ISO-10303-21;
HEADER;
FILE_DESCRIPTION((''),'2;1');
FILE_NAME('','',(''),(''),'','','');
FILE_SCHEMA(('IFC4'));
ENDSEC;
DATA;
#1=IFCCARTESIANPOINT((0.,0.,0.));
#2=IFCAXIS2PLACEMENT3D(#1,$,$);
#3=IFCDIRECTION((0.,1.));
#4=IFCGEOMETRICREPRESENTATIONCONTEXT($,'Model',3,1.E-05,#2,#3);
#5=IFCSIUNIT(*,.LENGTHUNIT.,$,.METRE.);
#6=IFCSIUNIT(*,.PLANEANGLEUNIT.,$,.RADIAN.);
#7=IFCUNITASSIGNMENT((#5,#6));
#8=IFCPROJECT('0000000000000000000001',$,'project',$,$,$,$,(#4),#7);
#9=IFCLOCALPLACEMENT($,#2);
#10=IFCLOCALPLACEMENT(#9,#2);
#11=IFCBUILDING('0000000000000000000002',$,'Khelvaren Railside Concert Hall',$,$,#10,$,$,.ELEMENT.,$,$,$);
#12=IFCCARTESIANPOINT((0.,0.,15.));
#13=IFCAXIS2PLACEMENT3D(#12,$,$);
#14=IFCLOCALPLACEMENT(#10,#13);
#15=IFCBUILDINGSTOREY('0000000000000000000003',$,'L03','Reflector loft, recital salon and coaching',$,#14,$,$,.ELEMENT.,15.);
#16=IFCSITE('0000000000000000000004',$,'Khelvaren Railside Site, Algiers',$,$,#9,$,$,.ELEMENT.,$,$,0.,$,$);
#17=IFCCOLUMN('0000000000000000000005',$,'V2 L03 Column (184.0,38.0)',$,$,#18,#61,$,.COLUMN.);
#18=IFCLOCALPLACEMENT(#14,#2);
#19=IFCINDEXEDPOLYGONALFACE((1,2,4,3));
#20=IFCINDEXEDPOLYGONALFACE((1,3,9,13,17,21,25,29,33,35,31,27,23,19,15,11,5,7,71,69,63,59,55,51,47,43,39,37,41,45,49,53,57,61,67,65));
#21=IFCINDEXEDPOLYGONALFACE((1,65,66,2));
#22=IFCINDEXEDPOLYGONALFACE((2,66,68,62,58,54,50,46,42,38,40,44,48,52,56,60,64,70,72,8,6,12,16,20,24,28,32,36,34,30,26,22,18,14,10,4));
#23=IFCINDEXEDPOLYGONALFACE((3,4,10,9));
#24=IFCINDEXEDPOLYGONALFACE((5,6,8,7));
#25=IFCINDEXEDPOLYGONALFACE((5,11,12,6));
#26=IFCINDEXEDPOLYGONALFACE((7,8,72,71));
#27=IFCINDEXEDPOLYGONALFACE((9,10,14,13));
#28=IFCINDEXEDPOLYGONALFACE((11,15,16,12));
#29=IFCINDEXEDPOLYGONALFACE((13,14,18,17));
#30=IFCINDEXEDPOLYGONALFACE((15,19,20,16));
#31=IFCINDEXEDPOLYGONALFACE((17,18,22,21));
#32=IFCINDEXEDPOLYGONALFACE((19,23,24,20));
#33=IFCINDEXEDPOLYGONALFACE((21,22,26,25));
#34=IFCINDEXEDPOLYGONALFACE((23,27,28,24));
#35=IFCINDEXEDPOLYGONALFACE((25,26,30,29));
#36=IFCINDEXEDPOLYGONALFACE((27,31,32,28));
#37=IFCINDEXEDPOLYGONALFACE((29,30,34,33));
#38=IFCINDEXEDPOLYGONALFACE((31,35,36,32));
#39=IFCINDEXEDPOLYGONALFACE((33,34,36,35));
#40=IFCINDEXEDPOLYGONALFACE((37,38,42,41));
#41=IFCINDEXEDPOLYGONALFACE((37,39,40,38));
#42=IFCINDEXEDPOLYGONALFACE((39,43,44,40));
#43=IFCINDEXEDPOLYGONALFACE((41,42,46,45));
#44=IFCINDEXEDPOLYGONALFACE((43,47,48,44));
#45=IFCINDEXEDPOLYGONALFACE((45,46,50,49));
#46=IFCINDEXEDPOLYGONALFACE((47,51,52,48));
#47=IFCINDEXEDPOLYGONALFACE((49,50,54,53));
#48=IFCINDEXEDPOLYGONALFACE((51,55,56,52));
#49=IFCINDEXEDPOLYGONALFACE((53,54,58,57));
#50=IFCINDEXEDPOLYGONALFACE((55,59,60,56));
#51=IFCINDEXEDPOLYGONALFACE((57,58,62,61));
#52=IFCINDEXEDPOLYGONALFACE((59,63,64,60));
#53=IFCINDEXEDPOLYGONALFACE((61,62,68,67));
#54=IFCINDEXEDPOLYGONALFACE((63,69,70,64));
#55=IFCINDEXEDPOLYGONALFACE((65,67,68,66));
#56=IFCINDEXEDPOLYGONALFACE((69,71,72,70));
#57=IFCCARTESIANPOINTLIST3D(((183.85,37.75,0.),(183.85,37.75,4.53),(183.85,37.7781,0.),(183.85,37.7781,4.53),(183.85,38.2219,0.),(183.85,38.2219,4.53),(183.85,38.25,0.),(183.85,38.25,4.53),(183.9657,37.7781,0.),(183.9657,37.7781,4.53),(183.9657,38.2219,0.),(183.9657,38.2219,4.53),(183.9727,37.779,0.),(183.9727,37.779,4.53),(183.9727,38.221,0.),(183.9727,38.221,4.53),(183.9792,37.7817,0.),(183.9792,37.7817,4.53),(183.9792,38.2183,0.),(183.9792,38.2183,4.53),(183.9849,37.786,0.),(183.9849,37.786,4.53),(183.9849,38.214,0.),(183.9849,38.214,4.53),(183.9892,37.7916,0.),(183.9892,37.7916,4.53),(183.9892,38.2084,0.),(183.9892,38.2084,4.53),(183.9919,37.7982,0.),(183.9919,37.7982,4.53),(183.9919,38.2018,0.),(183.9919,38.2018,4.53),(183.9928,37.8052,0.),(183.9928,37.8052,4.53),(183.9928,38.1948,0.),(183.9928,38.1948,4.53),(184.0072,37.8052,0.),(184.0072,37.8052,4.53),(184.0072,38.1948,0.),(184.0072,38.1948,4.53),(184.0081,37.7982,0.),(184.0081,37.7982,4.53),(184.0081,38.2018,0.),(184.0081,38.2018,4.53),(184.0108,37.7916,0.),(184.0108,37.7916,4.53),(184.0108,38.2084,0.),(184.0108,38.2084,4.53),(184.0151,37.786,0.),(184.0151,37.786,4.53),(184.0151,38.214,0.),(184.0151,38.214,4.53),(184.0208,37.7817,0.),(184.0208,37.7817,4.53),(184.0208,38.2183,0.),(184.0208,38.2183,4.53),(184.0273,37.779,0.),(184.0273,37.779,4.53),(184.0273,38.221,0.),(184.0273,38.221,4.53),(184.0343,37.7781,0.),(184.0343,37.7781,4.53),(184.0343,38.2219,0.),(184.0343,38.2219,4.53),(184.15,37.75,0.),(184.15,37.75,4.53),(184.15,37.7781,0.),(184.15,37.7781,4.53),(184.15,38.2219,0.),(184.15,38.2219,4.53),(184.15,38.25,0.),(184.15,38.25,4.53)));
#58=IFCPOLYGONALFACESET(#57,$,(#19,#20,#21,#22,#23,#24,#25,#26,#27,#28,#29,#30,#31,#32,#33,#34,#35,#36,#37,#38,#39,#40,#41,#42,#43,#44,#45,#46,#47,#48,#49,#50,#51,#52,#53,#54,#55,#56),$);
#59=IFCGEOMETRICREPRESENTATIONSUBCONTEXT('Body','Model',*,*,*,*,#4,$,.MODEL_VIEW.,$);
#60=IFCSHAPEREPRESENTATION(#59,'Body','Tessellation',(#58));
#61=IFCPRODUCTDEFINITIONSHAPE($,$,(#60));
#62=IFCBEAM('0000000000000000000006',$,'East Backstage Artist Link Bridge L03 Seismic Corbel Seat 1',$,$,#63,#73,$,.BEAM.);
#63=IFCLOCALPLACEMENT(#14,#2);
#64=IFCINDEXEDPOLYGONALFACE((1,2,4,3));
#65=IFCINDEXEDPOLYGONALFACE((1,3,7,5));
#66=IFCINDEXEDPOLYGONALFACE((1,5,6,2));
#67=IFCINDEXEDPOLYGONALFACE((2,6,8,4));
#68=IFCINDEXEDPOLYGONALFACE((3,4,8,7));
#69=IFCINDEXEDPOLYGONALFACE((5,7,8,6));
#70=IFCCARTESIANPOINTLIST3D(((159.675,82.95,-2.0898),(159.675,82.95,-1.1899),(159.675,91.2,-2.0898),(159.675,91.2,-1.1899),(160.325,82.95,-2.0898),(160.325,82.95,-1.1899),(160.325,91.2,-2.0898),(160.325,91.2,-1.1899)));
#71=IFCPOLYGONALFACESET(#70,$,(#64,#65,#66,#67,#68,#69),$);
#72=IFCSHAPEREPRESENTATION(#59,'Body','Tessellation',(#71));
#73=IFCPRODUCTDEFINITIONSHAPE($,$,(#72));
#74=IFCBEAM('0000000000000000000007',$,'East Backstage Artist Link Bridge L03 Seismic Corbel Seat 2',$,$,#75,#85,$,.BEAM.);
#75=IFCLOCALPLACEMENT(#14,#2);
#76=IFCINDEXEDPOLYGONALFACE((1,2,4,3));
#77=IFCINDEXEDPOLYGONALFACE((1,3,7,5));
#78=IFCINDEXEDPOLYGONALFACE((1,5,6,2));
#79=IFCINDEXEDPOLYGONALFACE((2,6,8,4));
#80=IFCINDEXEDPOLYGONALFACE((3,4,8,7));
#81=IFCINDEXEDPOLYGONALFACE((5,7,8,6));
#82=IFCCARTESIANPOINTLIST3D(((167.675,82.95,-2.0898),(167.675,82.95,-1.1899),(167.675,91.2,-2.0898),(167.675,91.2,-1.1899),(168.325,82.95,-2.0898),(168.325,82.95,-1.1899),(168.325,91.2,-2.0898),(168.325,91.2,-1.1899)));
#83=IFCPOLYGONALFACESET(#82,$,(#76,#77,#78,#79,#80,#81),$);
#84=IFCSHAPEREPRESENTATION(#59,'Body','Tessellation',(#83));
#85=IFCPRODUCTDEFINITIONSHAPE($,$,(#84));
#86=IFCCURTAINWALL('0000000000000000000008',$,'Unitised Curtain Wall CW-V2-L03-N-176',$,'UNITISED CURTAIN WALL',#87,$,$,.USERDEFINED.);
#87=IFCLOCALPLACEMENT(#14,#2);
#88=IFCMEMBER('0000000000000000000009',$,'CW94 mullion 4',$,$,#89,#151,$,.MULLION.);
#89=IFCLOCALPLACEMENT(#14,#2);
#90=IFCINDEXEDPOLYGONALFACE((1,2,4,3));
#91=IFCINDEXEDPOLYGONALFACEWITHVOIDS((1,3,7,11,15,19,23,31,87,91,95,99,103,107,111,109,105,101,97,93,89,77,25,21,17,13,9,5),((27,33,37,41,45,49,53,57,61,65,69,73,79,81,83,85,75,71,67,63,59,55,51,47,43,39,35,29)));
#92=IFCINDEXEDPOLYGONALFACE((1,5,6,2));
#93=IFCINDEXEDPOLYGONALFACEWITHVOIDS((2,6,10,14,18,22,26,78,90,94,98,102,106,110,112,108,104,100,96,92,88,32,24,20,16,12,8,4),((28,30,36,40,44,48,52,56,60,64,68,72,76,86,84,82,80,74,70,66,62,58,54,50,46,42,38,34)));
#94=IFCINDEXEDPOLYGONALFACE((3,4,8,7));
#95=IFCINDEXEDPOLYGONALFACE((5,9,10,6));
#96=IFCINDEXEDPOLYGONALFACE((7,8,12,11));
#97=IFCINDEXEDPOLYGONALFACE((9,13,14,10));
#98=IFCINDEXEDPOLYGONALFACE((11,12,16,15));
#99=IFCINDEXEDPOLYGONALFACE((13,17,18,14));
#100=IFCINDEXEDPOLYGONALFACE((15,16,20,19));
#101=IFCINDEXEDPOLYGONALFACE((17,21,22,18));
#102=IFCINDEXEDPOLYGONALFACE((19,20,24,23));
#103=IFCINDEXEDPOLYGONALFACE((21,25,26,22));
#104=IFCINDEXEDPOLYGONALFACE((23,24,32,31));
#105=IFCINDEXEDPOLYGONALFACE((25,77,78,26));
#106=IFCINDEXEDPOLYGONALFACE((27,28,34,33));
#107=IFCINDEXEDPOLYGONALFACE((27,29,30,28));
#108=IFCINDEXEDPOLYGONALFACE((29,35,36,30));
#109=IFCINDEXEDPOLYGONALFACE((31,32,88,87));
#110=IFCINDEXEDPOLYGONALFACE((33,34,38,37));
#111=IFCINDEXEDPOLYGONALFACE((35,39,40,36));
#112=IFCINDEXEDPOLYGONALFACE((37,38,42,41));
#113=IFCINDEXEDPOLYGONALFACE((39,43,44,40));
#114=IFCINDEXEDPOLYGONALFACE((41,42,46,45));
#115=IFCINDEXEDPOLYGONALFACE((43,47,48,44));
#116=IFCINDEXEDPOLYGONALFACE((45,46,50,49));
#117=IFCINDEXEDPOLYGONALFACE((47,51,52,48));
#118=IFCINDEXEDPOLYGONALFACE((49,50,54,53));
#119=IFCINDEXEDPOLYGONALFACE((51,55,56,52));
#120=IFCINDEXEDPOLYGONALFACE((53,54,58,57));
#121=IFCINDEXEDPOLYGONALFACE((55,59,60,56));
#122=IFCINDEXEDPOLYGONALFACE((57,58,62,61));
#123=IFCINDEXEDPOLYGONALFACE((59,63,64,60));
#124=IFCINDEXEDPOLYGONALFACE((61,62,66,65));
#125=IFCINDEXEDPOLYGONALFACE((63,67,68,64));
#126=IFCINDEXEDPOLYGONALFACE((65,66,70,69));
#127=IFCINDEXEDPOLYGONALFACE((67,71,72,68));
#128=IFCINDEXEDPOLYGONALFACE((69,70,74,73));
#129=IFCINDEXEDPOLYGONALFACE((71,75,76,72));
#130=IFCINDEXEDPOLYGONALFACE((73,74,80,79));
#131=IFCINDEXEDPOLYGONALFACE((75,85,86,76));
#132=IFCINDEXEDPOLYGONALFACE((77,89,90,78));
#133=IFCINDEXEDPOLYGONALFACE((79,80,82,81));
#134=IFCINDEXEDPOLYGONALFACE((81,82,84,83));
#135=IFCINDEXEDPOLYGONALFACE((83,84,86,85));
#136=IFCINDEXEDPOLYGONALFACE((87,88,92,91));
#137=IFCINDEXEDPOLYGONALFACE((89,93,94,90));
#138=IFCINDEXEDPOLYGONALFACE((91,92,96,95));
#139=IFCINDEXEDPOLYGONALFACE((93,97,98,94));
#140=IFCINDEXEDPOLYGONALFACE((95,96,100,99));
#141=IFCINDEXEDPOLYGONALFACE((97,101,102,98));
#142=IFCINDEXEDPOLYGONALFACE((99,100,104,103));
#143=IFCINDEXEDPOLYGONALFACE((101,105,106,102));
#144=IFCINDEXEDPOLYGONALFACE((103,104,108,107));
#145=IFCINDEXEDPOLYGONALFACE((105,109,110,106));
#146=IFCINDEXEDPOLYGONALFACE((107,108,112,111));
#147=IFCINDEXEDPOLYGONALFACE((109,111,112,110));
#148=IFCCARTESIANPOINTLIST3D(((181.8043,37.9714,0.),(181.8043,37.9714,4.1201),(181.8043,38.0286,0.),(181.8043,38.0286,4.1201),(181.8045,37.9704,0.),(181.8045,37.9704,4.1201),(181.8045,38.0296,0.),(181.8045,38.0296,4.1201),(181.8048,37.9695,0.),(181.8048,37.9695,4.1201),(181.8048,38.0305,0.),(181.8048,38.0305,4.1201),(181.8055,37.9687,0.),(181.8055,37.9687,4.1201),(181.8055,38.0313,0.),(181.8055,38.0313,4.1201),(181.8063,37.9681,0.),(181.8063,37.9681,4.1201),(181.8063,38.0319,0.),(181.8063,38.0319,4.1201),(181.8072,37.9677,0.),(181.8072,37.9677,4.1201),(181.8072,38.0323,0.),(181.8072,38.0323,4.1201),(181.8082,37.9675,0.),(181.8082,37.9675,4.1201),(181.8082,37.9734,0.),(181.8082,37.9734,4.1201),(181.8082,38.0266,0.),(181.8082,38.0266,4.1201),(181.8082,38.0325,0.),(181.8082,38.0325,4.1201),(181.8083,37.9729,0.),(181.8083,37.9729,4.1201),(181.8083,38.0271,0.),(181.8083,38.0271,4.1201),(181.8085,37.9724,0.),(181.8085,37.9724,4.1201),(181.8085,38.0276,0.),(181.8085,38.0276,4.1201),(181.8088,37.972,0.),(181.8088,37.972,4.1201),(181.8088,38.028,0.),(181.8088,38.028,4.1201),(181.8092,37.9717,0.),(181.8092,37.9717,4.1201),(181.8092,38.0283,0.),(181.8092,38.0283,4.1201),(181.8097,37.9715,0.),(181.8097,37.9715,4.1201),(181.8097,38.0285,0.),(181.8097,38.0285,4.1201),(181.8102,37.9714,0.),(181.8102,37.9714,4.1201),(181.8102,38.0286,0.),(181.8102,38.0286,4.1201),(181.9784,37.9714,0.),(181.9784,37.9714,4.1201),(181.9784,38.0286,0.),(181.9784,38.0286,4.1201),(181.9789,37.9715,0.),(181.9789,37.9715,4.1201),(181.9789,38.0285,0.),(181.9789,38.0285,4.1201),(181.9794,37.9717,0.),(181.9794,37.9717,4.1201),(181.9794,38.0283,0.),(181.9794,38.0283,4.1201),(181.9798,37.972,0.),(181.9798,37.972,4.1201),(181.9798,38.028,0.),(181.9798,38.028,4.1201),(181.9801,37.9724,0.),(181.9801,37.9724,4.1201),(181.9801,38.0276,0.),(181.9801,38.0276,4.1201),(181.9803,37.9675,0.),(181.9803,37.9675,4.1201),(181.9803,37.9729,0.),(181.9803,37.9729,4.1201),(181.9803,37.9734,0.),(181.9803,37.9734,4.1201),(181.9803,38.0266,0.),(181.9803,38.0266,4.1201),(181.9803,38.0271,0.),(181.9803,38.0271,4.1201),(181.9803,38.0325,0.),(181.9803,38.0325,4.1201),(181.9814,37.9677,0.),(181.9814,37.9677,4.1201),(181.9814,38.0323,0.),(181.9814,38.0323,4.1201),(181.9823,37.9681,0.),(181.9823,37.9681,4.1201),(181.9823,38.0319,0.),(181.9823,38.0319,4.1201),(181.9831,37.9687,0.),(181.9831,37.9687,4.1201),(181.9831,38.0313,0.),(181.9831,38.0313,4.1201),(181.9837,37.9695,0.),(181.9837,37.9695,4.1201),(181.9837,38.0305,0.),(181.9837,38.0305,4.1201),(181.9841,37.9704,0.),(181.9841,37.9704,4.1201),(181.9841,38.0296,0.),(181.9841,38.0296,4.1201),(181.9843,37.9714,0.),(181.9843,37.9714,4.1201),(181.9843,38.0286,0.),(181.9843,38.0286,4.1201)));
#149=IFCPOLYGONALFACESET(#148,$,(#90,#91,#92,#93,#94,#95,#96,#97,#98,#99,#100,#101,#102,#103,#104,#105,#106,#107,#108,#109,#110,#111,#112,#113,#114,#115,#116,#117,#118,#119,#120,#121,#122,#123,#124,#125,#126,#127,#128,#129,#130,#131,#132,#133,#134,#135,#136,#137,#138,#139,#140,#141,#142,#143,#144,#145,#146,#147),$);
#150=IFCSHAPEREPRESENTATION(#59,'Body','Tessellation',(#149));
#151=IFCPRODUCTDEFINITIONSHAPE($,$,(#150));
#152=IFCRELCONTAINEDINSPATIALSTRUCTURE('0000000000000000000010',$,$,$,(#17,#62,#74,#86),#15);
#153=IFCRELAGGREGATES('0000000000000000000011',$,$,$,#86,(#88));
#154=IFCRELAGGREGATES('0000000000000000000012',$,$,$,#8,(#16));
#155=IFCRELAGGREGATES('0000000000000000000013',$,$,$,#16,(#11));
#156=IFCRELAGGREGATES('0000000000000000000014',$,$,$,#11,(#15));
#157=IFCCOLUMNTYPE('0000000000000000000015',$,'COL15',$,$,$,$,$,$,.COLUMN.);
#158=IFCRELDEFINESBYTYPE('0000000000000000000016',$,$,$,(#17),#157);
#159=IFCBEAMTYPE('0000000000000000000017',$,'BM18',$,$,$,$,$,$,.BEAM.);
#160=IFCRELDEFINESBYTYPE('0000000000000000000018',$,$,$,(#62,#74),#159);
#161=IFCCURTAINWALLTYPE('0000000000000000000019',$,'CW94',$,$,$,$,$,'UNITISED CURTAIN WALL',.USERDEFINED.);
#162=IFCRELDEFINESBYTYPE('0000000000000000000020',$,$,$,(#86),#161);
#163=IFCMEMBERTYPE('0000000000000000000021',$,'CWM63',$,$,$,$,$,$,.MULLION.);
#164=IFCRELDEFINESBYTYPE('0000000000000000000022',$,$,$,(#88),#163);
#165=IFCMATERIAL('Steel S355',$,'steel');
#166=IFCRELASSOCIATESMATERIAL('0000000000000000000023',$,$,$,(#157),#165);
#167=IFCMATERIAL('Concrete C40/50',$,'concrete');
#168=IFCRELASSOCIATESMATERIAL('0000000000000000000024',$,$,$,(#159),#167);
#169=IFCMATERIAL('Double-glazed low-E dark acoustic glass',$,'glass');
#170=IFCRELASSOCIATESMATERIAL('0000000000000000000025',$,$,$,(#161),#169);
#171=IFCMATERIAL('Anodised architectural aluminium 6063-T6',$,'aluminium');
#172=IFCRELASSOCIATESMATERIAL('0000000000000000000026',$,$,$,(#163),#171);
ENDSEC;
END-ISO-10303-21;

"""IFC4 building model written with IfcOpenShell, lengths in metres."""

from ifc_helpers import new_model, si_unit, direction, frame, origin, origin_2d, place, context, subcontext, project, spatial, rectangle, hollow_rectangle, i_section, extrude, material, material_profile, profile_set, type_object, element, aggregate, save


model = new_model("IFC4")

# Units and contexts
model_context = context("Model", 3, precision=1e-05, world=origin(), true_north=direction((0.0, 1.0)))
body_context = subcontext(model_context, "Body", "Model", "MODEL_VIEW")
ifc_project = project(units=[si_unit("LENGTHUNIT", "METRE"), si_unit("PLANEANGLEUNIT", "RADIAN")], contexts=[model_context])

# Site, building, storey
site_placement = place(None, origin())
site = spatial("IfcSite", under=ifc_project, at=site_placement, Name="Khelvaren Railside Site, Algiers", CompositionType="ELEMENT", RefElevation=0.0)
building_placement = place(site_placement, origin())
building = spatial("IfcBuilding", under=site, at=building_placement, Name="Khelvaren Railside Concert Hall", CompositionType="ELEMENT")
storey_placement = place(building_placement, frame((0.0, 0.0, 15.0)))
storey = spatial("IfcBuildingStorey", under=building, at=storey_placement, Name="L03", Description="Reflector loft, recital salon and coaching", CompositionType="ELEMENT", Elevation=15.0)

# Column
ifc_material_1 = material(Name="Steel S355", Category="steel")
ifc_material_profile_1 = material_profile(ifc_material_1, i_section(OverallWidth=0.3, OverallDepth=0.5, WebThickness=0.0144, FlangeThickness=0.0281, FilletRadius=0.0271, at=origin_2d()), Name="HEB 500")
ifc_profile_set_1 = profile_set([ifc_material_profile_1], Name="Steel S355")
column_type = type_object("IfcColumnType", Name="COL15", PredefinedType="COLUMN", material=ifc_profile_set_1)
column_placement = place(storey_placement, frame((184.0, 38.0, 0.0), z_axis=(0.0, 0.0, 1.0), x_axis=(1.0, 0.0, 0.0)))
element("IfcColumn", 1, at=column_placement, inside=storey, type_object=column_type, Name="V2 L03 Column (184.0,38.0)", PredefinedType="COLUMN", context=body_context, shape_type="SweptSolid", body=[
    extrude(i_section(OverallWidth=0.3, OverallDepth=0.5, WebThickness=0.0144, FlangeThickness=0.0281, FilletRadius=0.0271, at=origin_2d()), origin(), (0.0, 0.0, 1.0), 4.53),
])

# Beams
ifc_material_2 = material(Name="Concrete C40/50", Category="concrete")
ifc_material_profile_2 = material_profile(ifc_material_2, rectangle(XDim=0.6499, YDim=0.8999, at=origin_2d()), Name="RCB 650x900")
ifc_profile_set_2 = profile_set([ifc_material_profile_2], Name="Concrete C40/50")
beam_type_1 = type_object("IfcBeamType", Name="BM18", PredefinedType="BEAM", material=ifc_profile_set_2)
for number, where, z_axis, x_axis, name in (
    (2, (160.0, 82.95, -1.6399), (0.0, 1.0, 0.0), (-1.0, 0.0, 0.0), "East Backstage Artist Link Bridge L03 Seismic Corbel Seat 1"),
    (3, (168.0, 82.95, -1.6399), (0.0, 1.0, 0.0), (-1.0, 0.0, 0.0), "East Backstage Artist Link Bridge L03 Seismic Corbel Seat 2"),
):
    element("IfcBeam", number, at=place(storey_placement, frame(where, z_axis=z_axis, x_axis=x_axis)), inside=storey, type_object=beam_type_1, Name=name, PredefinedType="BEAM", context=body_context, shape_type="SweptSolid", body=[
        extrude(rectangle(XDim=0.6499, YDim=0.8999, at=origin_2d()), origin(), (0.0, 0.0, 1.0), 8.25),
    ])

# Curtain wall, member
ifc_material_3 = material(Name="Double-glazed low-E dark acoustic glass", Category="glass")
curtain_wall_type = type_object("IfcCurtainWallType", Name="CW94", ElementType="UNITISED CURTAIN WALL", PredefinedType="USERDEFINED", material=ifc_material_3)
curtain_wall_placement = place(storey_placement, origin())
curtain_wall = element("IfcCurtainWall", 4, at=curtain_wall_placement, inside=storey, type_object=curtain_wall_type, Name="Unitised Curtain Wall CW-V2-L03-N-176", ObjectType="UNITISED CURTAIN WALL", PredefinedType="USERDEFINED")
ifc_material_4 = material(Name="Anodised architectural aluminium 6063-T6", Category="aluminium")
ifc_material_profile_3 = material_profile(ifc_material_4, hollow_rectangle(XDim=0.0649, YDim=0.1799, WallThickness=0.0039, InnerFilletRadius=0.002, OuterFilletRadius=0.0039, at=origin_2d()), Name="CWM 65x180x4")
ifc_profile_set_3 = profile_set([ifc_material_profile_3], Name="Anodised architectural aluminium 6063-T6")
member_type_1 = type_object("IfcMemberType", Name="CWM63", PredefinedType="MULLION", material=ifc_profile_set_3)
member_1_placement = place(storey_placement, frame((181.8943, 38.0, 0.0), z_axis=(0.0, 0.0, 1.0), x_axis=(0.0, 1.0, 0.0)))
member_1 = element("IfcMember", 5, at=member_1_placement, type_object=member_type_1, Name="CW94 mullion 4", PredefinedType="MULLION", context=body_context, shape_type="SweptSolid", body=[
    extrude(hollow_rectangle(XDim=0.0649, YDim=0.1799, WallThickness=0.0039, InnerFilletRadius=0.002, OuterFilletRadius=0.0039, at=origin_2d()), origin(), (0.0, 0.0, 1.0), 4.1201),
])

aggregate(curtain_wall, [member_1])

save(model, "model.ifc")
